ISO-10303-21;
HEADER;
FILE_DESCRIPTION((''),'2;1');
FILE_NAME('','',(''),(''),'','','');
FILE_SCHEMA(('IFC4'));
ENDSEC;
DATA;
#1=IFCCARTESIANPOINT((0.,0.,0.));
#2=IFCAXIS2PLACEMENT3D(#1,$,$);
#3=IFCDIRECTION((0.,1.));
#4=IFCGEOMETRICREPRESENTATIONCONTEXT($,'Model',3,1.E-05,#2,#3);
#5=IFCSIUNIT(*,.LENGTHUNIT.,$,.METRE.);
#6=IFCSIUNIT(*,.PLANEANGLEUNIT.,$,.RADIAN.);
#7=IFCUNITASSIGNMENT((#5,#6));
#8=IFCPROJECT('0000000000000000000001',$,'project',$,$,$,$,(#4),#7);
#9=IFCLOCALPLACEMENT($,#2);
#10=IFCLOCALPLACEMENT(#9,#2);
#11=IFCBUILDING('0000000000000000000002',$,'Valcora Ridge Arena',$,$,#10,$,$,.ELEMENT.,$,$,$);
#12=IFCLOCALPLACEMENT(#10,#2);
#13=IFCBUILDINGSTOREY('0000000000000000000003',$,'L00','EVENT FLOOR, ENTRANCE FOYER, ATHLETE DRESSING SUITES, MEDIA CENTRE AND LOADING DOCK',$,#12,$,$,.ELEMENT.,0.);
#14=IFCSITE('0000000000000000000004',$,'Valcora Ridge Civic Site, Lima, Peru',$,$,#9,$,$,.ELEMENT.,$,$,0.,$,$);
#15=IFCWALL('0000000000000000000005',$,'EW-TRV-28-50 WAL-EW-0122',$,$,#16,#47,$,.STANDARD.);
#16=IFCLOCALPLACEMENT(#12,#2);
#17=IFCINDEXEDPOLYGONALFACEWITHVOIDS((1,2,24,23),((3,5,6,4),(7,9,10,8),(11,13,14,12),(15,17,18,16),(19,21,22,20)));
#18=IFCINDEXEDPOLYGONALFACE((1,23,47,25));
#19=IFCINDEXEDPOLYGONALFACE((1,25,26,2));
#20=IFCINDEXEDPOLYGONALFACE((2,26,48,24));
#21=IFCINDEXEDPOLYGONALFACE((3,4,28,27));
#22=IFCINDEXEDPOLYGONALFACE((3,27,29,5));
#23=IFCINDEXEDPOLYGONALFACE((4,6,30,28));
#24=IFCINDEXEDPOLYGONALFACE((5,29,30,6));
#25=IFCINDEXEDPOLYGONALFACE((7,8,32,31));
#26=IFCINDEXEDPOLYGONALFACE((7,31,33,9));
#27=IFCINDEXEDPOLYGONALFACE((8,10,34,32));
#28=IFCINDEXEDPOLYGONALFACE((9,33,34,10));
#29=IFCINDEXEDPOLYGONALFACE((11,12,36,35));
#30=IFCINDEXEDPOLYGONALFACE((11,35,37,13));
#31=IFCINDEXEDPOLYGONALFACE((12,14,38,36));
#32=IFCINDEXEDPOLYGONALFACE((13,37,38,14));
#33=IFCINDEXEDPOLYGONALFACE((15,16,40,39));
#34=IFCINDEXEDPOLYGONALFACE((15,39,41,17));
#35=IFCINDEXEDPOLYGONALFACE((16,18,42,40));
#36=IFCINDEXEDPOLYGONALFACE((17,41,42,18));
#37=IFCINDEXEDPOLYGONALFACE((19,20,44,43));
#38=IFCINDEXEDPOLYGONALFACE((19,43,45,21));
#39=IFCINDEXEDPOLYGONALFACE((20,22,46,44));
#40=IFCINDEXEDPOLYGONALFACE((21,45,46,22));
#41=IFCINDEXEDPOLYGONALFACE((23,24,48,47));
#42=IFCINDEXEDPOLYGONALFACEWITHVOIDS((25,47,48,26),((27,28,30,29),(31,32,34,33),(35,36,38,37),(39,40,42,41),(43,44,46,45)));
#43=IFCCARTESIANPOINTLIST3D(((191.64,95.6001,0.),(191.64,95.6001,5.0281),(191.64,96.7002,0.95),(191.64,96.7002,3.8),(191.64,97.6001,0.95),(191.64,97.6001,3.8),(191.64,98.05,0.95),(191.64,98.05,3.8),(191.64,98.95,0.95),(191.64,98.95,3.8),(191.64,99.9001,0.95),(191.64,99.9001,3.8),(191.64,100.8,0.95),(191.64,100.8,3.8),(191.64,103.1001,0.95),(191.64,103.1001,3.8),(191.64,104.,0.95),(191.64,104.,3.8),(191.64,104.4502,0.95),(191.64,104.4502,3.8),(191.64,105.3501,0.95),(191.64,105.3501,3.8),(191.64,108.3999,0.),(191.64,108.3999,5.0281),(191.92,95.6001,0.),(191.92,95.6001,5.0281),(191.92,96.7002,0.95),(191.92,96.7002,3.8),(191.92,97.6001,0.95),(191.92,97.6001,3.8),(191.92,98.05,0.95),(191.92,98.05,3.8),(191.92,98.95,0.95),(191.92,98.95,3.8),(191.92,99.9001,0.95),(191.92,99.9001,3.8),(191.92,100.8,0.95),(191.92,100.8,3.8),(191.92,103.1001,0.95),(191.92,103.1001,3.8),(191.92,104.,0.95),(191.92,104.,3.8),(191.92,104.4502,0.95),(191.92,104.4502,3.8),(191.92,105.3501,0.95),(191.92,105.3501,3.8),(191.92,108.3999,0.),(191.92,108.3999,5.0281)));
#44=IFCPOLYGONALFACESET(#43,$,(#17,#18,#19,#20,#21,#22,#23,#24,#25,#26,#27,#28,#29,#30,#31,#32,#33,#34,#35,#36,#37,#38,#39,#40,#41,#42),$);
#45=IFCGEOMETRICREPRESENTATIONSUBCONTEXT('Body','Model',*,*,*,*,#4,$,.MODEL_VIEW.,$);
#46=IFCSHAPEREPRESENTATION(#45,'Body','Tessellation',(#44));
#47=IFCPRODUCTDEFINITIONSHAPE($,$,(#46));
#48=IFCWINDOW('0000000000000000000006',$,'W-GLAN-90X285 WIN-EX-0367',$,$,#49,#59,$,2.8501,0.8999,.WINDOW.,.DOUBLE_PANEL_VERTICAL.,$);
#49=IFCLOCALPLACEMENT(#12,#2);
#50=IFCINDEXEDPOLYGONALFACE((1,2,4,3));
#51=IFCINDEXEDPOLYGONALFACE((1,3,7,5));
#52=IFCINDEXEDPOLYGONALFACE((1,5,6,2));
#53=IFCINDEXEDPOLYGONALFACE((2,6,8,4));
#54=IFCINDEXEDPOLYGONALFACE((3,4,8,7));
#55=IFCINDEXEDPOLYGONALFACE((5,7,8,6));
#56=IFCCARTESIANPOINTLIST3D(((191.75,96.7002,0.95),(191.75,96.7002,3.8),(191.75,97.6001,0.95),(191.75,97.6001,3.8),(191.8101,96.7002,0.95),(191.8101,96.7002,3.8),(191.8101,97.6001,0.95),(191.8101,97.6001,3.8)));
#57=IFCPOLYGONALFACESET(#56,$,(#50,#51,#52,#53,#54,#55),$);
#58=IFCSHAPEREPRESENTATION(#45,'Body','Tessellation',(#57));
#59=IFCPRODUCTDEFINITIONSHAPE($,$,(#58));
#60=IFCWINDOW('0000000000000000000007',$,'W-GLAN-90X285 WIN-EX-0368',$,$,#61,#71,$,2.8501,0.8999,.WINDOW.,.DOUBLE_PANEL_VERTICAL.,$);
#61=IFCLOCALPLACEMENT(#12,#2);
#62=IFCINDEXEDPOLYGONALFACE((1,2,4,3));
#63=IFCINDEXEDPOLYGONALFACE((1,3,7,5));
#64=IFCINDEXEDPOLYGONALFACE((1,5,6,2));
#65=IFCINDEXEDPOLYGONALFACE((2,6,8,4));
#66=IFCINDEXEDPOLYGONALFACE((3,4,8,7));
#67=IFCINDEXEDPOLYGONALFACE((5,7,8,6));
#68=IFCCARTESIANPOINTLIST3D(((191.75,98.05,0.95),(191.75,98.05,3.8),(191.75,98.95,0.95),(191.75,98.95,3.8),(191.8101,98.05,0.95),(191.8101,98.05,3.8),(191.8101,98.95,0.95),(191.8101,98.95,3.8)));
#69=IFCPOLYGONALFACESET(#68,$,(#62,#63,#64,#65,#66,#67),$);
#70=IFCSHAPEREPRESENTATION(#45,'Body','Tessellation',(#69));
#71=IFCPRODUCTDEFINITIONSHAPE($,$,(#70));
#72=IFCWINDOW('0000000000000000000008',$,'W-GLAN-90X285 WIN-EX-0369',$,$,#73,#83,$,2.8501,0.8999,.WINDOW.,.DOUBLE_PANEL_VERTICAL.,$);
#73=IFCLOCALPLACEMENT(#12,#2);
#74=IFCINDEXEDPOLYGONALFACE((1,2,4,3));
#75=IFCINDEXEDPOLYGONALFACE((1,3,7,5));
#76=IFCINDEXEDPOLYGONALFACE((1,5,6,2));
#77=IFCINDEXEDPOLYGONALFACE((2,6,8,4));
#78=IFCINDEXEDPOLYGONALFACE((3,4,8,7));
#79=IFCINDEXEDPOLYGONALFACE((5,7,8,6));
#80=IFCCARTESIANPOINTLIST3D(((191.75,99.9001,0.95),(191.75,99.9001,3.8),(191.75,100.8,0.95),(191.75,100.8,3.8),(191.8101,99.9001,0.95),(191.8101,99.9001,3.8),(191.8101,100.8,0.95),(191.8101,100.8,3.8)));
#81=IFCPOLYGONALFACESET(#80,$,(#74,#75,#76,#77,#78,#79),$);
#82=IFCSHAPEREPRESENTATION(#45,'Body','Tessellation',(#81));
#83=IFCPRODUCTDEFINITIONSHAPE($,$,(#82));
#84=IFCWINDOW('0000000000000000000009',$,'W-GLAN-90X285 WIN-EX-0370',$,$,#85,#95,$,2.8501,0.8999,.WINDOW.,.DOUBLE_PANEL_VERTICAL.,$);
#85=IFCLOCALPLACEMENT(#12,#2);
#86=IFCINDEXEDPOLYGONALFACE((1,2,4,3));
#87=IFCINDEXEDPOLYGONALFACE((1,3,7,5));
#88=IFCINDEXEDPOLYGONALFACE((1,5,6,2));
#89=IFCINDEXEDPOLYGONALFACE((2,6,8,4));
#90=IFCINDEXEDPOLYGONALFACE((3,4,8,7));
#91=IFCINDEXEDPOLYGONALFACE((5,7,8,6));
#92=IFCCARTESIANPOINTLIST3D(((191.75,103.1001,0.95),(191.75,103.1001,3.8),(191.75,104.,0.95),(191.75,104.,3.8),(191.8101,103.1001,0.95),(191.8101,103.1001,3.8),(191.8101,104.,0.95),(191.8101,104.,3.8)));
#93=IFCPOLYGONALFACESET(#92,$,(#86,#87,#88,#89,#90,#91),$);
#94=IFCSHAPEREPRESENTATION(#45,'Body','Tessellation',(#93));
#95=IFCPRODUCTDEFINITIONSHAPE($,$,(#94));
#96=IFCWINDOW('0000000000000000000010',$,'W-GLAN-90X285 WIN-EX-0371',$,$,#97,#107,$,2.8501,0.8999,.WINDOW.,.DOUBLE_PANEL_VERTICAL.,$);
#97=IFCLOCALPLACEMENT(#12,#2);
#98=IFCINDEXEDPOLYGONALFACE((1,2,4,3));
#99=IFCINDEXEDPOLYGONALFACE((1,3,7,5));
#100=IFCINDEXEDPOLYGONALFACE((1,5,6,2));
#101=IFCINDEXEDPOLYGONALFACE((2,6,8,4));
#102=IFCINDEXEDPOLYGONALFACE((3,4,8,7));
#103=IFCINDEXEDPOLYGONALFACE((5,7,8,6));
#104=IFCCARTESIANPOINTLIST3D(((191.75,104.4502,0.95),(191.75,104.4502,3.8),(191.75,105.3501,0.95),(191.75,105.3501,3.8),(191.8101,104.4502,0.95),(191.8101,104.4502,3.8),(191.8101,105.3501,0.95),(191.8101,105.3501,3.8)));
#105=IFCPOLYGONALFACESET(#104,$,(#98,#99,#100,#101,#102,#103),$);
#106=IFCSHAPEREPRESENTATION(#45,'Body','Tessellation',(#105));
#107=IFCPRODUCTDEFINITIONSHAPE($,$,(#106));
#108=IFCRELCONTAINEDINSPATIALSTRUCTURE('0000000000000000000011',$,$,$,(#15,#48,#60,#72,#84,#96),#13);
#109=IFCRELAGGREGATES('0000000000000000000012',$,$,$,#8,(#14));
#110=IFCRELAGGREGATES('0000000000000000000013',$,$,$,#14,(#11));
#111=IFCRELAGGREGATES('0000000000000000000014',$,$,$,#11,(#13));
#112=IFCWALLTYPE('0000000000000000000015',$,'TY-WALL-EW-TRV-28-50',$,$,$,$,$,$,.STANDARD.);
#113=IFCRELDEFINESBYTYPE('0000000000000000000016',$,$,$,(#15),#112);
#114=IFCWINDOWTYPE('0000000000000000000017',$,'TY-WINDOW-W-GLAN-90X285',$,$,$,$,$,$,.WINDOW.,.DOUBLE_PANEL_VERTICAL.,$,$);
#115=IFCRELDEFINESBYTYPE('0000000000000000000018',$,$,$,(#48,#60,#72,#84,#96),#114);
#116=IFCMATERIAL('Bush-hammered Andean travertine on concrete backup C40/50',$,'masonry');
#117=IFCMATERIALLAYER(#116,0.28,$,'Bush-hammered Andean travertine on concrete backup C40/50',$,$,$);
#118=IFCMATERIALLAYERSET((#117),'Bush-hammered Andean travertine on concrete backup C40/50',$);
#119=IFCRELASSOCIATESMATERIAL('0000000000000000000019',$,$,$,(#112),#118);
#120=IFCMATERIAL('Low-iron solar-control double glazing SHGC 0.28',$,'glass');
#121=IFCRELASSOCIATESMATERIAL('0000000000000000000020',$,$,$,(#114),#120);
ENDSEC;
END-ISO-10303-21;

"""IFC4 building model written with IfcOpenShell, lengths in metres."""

from ifc_helpers import new_model, si_unit, direction, frame, frame_2d, origin, place, context, subcontext, project, spatial, rectangle, extrude, material, layer, layer_set, type_object, element, fill, save


model = new_model("IFC4")

# Units and contexts
model_context = context("Model", 3, precision=1e-05, world=origin(), true_north=direction((0.0, 1.0)))
body_context = subcontext(model_context, "Body", "Model", "MODEL_VIEW")
ifc_project = project(units=[si_unit("LENGTHUNIT", "METRE"), si_unit("PLANEANGLEUNIT", "RADIAN")], contexts=[model_context])

# Site, building, storey
site_placement = place(None, origin())
site = spatial("IfcSite", under=ifc_project, at=site_placement, Name="Valcora Ridge Civic Site, Lima, Peru", CompositionType="ELEMENT", RefElevation=0.0)
building_placement = place(site_placement, origin())
building = spatial("IfcBuilding", under=site, at=building_placement, Name="Valcora Ridge Arena", CompositionType="ELEMENT")
storey_placement = place(building_placement, origin())
storey = spatial("IfcBuildingStorey", under=building, at=storey_placement, Name="L00", Description="EVENT FLOOR, ENTRANCE FOYER, ATHLETE DRESSING SUITES, MEDIA CENTRE AND LOADING DOCK", CompositionType="ELEMENT", Elevation=0.0)

# Shared definitions
ifc_material_1 = material(Name="Low-iron solar-control double glazing SHGC 0.28", Category="glass")

# Wall, openings, windows
ifc_material_2 = material(Name="Bush-hammered Andean travertine on concrete backup C40/50", Category="masonry")
ifc_layer_1 = layer(ifc_material_2, 0.28, Name="Bush-hammered Andean travertine on concrete backup C40/50")
ifc_layer_set_1 = layer_set([ifc_layer_1], Name="Bush-hammered Andean travertine on concrete backup C40/50")
wall_type_1 = type_object("IfcWallType", Name="TY-WALL-EW-TRV-28-50", PredefinedType="STANDARD", material=ifc_layer_set_1)
wall_1_placement = place(storey_placement, frame((191.78, 95.6001, 0.0), z_axis=(0.0, 0.0, 1.0), x_axis=(0.0, 1.0, 0.0)))
wall_1 = element("IfcWall", 1, at=wall_1_placement, inside=storey, type_object=wall_type_1, Name="EW-TRV-28-50 WAL-EW-0122", PredefinedType="STANDARD", context=body_context, shape_type="SweptSolid", body=[
    extrude(rectangle(XDim=12.7998, YDim=0.28, at=frame_2d((6.3999, 0.0))), origin(), (0.0, 0.0, 1.0), 5.0281),
])
opening_1_placement = place(wall_1_placement, frame((1.1001, 0.0, 0.95)))
opening_1 = element("IfcOpeningElement", 2, at=opening_1_placement, cuts=wall_1, PredefinedType="OPENING", context=body_context, shape_type="SweptSolid", body=[
    extrude(rectangle(XDim=0.8999, YDim=2.8501, at=frame_2d((0.45, 1.425))), frame((0.0, 0.1499, 0.0), z_axis=(0.0, -1.0, 0.0), x_axis=(1.0, 0.0, 0.0)), (0.0, 0.0, 1.0), 0.3),
])
opening_2_placement = place(wall_1_placement, frame((2.45, 0.0, 0.95)))
opening_2 = element("IfcOpeningElement", 3, at=opening_2_placement, cuts=wall_1, PredefinedType="OPENING", context=body_context, shape_type="SweptSolid", body=[
    extrude(rectangle(XDim=0.8999, YDim=2.8501, at=frame_2d((0.45, 1.425))), frame((0.0, 0.1499, 0.0), z_axis=(0.0, -1.0, 0.0), x_axis=(1.0, 0.0, 0.0)), (0.0, 0.0, 1.0), 0.3),
])
opening_3_placement = place(wall_1_placement, frame((4.3, 0.0, 0.95)))
opening_3 = element("IfcOpeningElement", 4, at=opening_3_placement, cuts=wall_1, PredefinedType="OPENING", context=body_context, shape_type="SweptSolid", body=[
    extrude(rectangle(XDim=0.8999, YDim=2.8501, at=frame_2d((0.45, 1.425))), frame((0.0, 0.1499, 0.0), z_axis=(0.0, -1.0, 0.0), x_axis=(1.0, 0.0, 0.0)), (0.0, 0.0, 1.0), 0.3),
])
opening_4_placement = place(wall_1_placement, frame((7.5, 0.0, 0.95)))
opening_4 = element("IfcOpeningElement", 5, at=opening_4_placement, cuts=wall_1, PredefinedType="OPENING", context=body_context, shape_type="SweptSolid", body=[
    extrude(rectangle(XDim=0.8999, YDim=2.8501, at=frame_2d((0.45, 1.425))), frame((0.0, 0.1499, 0.0), z_axis=(0.0, -1.0, 0.0), x_axis=(1.0, 0.0, 0.0)), (0.0, 0.0, 1.0), 0.3),
])
opening_5_placement = place(wall_1_placement, frame((8.8501, 0.0, 0.95)))
opening_5 = element("IfcOpeningElement", 6, at=opening_5_placement, cuts=wall_1, PredefinedType="OPENING", context=body_context, shape_type="SweptSolid", body=[
    extrude(rectangle(XDim=0.8999, YDim=2.8501, at=frame_2d((0.45, 1.425))), frame((0.0, 0.1499, 0.0), z_axis=(0.0, -1.0, 0.0), x_axis=(1.0, 0.0, 0.0)), (0.0, 0.0, 1.0), 0.3),
])
window_type = type_object("IfcWindowType", Name="TY-WINDOW-W-GLAN-90X285", PartitioningType="DOUBLE_PANEL_VERTICAL", PredefinedType="WINDOW", material=ifc_material_1)
window_1_placement = place(opening_1_placement, origin())
window_1 = element("IfcWindow", 7, at=window_1_placement, inside=storey, type_object=window_type, Name="W-GLAN-90X285 WIN-EX-0367", OverallHeight=2.8501, OverallWidth=0.8999, PartitioningType="DOUBLE_PANEL_VERTICAL", PredefinedType="WINDOW", context=body_context, shape_type="SweptSolid", body=[
    extrude(rectangle(XDim=0.8999, YDim=2.8501, at=frame_2d((0.45, 1.425))), frame((0.0, 0.03, 0.0), z_axis=(0.0, -1.0, 0.0), x_axis=(1.0, 0.0, 0.0)), (0.0, 0.0, 1.0), 0.0601),
])
fill(opening_1, window_1)
window_2_placement = place(opening_2_placement, origin())
window_2 = element("IfcWindow", 8, at=window_2_placement, inside=storey, type_object=window_type, Name="W-GLAN-90X285 WIN-EX-0368", OverallHeight=2.8501, OverallWidth=0.8999, PartitioningType="DOUBLE_PANEL_VERTICAL", PredefinedType="WINDOW", context=body_context, shape_type="SweptSolid", body=[
    extrude(rectangle(XDim=0.8999, YDim=2.8501, at=frame_2d((0.45, 1.425))), frame((0.0, 0.03, 0.0), z_axis=(0.0, -1.0, 0.0), x_axis=(1.0, 0.0, 0.0)), (0.0, 0.0, 1.0), 0.0601),
])
fill(opening_2, window_2)
window_3_placement = place(opening_3_placement, origin())
window_3 = element("IfcWindow", 9, at=window_3_placement, inside=storey, type_object=window_type, Name="W-GLAN-90X285 WIN-EX-0369", OverallHeight=2.8501, OverallWidth=0.8999, PartitioningType="DOUBLE_PANEL_VERTICAL", PredefinedType="WINDOW", context=body_context, shape_type="SweptSolid", body=[
    extrude(rectangle(XDim=0.8999, YDim=2.8501, at=frame_2d((0.45, 1.425))), frame((0.0, 0.03, 0.0), z_axis=(0.0, -1.0, 0.0), x_axis=(1.0, 0.0, 0.0)), (0.0, 0.0, 1.0), 0.0601),
])
fill(opening_3, window_3)
window_4_placement = place(opening_4_placement, origin())
window_4 = element("IfcWindow", 10, at=window_4_placement, inside=storey, type_object=window_type, Name="W-GLAN-90X285 WIN-EX-0370", OverallHeight=2.8501, OverallWidth=0.8999, PartitioningType="DOUBLE_PANEL_VERTICAL", PredefinedType="WINDOW", context=body_context, shape_type="SweptSolid", body=[
    extrude(rectangle(XDim=0.8999, YDim=2.8501, at=frame_2d((0.45, 1.425))), frame((0.0, 0.03, 0.0), z_axis=(0.0, -1.0, 0.0), x_axis=(1.0, 0.0, 0.0)), (0.0, 0.0, 1.0), 0.0601),
])
fill(opening_4, window_4)
window_5_placement = place(opening_5_placement, origin())
window_5 = element("IfcWindow", 11, at=window_5_placement, inside=storey, type_object=window_type, Name="W-GLAN-90X285 WIN-EX-0371", OverallHeight=2.8501, OverallWidth=0.8999, PartitioningType="DOUBLE_PANEL_VERTICAL", PredefinedType="WINDOW", context=body_context, shape_type="SweptSolid", body=[
    extrude(rectangle(XDim=0.8999, YDim=2.8501, at=frame_2d((0.45, 1.425))), frame((0.0, 0.03, 0.0), z_axis=(0.0, -1.0, 0.0), x_axis=(1.0, 0.0, 0.0)), (0.0, 0.0, 1.0), 0.0601),
])
fill(opening_5, window_5)

save(model, "model.ifc")
